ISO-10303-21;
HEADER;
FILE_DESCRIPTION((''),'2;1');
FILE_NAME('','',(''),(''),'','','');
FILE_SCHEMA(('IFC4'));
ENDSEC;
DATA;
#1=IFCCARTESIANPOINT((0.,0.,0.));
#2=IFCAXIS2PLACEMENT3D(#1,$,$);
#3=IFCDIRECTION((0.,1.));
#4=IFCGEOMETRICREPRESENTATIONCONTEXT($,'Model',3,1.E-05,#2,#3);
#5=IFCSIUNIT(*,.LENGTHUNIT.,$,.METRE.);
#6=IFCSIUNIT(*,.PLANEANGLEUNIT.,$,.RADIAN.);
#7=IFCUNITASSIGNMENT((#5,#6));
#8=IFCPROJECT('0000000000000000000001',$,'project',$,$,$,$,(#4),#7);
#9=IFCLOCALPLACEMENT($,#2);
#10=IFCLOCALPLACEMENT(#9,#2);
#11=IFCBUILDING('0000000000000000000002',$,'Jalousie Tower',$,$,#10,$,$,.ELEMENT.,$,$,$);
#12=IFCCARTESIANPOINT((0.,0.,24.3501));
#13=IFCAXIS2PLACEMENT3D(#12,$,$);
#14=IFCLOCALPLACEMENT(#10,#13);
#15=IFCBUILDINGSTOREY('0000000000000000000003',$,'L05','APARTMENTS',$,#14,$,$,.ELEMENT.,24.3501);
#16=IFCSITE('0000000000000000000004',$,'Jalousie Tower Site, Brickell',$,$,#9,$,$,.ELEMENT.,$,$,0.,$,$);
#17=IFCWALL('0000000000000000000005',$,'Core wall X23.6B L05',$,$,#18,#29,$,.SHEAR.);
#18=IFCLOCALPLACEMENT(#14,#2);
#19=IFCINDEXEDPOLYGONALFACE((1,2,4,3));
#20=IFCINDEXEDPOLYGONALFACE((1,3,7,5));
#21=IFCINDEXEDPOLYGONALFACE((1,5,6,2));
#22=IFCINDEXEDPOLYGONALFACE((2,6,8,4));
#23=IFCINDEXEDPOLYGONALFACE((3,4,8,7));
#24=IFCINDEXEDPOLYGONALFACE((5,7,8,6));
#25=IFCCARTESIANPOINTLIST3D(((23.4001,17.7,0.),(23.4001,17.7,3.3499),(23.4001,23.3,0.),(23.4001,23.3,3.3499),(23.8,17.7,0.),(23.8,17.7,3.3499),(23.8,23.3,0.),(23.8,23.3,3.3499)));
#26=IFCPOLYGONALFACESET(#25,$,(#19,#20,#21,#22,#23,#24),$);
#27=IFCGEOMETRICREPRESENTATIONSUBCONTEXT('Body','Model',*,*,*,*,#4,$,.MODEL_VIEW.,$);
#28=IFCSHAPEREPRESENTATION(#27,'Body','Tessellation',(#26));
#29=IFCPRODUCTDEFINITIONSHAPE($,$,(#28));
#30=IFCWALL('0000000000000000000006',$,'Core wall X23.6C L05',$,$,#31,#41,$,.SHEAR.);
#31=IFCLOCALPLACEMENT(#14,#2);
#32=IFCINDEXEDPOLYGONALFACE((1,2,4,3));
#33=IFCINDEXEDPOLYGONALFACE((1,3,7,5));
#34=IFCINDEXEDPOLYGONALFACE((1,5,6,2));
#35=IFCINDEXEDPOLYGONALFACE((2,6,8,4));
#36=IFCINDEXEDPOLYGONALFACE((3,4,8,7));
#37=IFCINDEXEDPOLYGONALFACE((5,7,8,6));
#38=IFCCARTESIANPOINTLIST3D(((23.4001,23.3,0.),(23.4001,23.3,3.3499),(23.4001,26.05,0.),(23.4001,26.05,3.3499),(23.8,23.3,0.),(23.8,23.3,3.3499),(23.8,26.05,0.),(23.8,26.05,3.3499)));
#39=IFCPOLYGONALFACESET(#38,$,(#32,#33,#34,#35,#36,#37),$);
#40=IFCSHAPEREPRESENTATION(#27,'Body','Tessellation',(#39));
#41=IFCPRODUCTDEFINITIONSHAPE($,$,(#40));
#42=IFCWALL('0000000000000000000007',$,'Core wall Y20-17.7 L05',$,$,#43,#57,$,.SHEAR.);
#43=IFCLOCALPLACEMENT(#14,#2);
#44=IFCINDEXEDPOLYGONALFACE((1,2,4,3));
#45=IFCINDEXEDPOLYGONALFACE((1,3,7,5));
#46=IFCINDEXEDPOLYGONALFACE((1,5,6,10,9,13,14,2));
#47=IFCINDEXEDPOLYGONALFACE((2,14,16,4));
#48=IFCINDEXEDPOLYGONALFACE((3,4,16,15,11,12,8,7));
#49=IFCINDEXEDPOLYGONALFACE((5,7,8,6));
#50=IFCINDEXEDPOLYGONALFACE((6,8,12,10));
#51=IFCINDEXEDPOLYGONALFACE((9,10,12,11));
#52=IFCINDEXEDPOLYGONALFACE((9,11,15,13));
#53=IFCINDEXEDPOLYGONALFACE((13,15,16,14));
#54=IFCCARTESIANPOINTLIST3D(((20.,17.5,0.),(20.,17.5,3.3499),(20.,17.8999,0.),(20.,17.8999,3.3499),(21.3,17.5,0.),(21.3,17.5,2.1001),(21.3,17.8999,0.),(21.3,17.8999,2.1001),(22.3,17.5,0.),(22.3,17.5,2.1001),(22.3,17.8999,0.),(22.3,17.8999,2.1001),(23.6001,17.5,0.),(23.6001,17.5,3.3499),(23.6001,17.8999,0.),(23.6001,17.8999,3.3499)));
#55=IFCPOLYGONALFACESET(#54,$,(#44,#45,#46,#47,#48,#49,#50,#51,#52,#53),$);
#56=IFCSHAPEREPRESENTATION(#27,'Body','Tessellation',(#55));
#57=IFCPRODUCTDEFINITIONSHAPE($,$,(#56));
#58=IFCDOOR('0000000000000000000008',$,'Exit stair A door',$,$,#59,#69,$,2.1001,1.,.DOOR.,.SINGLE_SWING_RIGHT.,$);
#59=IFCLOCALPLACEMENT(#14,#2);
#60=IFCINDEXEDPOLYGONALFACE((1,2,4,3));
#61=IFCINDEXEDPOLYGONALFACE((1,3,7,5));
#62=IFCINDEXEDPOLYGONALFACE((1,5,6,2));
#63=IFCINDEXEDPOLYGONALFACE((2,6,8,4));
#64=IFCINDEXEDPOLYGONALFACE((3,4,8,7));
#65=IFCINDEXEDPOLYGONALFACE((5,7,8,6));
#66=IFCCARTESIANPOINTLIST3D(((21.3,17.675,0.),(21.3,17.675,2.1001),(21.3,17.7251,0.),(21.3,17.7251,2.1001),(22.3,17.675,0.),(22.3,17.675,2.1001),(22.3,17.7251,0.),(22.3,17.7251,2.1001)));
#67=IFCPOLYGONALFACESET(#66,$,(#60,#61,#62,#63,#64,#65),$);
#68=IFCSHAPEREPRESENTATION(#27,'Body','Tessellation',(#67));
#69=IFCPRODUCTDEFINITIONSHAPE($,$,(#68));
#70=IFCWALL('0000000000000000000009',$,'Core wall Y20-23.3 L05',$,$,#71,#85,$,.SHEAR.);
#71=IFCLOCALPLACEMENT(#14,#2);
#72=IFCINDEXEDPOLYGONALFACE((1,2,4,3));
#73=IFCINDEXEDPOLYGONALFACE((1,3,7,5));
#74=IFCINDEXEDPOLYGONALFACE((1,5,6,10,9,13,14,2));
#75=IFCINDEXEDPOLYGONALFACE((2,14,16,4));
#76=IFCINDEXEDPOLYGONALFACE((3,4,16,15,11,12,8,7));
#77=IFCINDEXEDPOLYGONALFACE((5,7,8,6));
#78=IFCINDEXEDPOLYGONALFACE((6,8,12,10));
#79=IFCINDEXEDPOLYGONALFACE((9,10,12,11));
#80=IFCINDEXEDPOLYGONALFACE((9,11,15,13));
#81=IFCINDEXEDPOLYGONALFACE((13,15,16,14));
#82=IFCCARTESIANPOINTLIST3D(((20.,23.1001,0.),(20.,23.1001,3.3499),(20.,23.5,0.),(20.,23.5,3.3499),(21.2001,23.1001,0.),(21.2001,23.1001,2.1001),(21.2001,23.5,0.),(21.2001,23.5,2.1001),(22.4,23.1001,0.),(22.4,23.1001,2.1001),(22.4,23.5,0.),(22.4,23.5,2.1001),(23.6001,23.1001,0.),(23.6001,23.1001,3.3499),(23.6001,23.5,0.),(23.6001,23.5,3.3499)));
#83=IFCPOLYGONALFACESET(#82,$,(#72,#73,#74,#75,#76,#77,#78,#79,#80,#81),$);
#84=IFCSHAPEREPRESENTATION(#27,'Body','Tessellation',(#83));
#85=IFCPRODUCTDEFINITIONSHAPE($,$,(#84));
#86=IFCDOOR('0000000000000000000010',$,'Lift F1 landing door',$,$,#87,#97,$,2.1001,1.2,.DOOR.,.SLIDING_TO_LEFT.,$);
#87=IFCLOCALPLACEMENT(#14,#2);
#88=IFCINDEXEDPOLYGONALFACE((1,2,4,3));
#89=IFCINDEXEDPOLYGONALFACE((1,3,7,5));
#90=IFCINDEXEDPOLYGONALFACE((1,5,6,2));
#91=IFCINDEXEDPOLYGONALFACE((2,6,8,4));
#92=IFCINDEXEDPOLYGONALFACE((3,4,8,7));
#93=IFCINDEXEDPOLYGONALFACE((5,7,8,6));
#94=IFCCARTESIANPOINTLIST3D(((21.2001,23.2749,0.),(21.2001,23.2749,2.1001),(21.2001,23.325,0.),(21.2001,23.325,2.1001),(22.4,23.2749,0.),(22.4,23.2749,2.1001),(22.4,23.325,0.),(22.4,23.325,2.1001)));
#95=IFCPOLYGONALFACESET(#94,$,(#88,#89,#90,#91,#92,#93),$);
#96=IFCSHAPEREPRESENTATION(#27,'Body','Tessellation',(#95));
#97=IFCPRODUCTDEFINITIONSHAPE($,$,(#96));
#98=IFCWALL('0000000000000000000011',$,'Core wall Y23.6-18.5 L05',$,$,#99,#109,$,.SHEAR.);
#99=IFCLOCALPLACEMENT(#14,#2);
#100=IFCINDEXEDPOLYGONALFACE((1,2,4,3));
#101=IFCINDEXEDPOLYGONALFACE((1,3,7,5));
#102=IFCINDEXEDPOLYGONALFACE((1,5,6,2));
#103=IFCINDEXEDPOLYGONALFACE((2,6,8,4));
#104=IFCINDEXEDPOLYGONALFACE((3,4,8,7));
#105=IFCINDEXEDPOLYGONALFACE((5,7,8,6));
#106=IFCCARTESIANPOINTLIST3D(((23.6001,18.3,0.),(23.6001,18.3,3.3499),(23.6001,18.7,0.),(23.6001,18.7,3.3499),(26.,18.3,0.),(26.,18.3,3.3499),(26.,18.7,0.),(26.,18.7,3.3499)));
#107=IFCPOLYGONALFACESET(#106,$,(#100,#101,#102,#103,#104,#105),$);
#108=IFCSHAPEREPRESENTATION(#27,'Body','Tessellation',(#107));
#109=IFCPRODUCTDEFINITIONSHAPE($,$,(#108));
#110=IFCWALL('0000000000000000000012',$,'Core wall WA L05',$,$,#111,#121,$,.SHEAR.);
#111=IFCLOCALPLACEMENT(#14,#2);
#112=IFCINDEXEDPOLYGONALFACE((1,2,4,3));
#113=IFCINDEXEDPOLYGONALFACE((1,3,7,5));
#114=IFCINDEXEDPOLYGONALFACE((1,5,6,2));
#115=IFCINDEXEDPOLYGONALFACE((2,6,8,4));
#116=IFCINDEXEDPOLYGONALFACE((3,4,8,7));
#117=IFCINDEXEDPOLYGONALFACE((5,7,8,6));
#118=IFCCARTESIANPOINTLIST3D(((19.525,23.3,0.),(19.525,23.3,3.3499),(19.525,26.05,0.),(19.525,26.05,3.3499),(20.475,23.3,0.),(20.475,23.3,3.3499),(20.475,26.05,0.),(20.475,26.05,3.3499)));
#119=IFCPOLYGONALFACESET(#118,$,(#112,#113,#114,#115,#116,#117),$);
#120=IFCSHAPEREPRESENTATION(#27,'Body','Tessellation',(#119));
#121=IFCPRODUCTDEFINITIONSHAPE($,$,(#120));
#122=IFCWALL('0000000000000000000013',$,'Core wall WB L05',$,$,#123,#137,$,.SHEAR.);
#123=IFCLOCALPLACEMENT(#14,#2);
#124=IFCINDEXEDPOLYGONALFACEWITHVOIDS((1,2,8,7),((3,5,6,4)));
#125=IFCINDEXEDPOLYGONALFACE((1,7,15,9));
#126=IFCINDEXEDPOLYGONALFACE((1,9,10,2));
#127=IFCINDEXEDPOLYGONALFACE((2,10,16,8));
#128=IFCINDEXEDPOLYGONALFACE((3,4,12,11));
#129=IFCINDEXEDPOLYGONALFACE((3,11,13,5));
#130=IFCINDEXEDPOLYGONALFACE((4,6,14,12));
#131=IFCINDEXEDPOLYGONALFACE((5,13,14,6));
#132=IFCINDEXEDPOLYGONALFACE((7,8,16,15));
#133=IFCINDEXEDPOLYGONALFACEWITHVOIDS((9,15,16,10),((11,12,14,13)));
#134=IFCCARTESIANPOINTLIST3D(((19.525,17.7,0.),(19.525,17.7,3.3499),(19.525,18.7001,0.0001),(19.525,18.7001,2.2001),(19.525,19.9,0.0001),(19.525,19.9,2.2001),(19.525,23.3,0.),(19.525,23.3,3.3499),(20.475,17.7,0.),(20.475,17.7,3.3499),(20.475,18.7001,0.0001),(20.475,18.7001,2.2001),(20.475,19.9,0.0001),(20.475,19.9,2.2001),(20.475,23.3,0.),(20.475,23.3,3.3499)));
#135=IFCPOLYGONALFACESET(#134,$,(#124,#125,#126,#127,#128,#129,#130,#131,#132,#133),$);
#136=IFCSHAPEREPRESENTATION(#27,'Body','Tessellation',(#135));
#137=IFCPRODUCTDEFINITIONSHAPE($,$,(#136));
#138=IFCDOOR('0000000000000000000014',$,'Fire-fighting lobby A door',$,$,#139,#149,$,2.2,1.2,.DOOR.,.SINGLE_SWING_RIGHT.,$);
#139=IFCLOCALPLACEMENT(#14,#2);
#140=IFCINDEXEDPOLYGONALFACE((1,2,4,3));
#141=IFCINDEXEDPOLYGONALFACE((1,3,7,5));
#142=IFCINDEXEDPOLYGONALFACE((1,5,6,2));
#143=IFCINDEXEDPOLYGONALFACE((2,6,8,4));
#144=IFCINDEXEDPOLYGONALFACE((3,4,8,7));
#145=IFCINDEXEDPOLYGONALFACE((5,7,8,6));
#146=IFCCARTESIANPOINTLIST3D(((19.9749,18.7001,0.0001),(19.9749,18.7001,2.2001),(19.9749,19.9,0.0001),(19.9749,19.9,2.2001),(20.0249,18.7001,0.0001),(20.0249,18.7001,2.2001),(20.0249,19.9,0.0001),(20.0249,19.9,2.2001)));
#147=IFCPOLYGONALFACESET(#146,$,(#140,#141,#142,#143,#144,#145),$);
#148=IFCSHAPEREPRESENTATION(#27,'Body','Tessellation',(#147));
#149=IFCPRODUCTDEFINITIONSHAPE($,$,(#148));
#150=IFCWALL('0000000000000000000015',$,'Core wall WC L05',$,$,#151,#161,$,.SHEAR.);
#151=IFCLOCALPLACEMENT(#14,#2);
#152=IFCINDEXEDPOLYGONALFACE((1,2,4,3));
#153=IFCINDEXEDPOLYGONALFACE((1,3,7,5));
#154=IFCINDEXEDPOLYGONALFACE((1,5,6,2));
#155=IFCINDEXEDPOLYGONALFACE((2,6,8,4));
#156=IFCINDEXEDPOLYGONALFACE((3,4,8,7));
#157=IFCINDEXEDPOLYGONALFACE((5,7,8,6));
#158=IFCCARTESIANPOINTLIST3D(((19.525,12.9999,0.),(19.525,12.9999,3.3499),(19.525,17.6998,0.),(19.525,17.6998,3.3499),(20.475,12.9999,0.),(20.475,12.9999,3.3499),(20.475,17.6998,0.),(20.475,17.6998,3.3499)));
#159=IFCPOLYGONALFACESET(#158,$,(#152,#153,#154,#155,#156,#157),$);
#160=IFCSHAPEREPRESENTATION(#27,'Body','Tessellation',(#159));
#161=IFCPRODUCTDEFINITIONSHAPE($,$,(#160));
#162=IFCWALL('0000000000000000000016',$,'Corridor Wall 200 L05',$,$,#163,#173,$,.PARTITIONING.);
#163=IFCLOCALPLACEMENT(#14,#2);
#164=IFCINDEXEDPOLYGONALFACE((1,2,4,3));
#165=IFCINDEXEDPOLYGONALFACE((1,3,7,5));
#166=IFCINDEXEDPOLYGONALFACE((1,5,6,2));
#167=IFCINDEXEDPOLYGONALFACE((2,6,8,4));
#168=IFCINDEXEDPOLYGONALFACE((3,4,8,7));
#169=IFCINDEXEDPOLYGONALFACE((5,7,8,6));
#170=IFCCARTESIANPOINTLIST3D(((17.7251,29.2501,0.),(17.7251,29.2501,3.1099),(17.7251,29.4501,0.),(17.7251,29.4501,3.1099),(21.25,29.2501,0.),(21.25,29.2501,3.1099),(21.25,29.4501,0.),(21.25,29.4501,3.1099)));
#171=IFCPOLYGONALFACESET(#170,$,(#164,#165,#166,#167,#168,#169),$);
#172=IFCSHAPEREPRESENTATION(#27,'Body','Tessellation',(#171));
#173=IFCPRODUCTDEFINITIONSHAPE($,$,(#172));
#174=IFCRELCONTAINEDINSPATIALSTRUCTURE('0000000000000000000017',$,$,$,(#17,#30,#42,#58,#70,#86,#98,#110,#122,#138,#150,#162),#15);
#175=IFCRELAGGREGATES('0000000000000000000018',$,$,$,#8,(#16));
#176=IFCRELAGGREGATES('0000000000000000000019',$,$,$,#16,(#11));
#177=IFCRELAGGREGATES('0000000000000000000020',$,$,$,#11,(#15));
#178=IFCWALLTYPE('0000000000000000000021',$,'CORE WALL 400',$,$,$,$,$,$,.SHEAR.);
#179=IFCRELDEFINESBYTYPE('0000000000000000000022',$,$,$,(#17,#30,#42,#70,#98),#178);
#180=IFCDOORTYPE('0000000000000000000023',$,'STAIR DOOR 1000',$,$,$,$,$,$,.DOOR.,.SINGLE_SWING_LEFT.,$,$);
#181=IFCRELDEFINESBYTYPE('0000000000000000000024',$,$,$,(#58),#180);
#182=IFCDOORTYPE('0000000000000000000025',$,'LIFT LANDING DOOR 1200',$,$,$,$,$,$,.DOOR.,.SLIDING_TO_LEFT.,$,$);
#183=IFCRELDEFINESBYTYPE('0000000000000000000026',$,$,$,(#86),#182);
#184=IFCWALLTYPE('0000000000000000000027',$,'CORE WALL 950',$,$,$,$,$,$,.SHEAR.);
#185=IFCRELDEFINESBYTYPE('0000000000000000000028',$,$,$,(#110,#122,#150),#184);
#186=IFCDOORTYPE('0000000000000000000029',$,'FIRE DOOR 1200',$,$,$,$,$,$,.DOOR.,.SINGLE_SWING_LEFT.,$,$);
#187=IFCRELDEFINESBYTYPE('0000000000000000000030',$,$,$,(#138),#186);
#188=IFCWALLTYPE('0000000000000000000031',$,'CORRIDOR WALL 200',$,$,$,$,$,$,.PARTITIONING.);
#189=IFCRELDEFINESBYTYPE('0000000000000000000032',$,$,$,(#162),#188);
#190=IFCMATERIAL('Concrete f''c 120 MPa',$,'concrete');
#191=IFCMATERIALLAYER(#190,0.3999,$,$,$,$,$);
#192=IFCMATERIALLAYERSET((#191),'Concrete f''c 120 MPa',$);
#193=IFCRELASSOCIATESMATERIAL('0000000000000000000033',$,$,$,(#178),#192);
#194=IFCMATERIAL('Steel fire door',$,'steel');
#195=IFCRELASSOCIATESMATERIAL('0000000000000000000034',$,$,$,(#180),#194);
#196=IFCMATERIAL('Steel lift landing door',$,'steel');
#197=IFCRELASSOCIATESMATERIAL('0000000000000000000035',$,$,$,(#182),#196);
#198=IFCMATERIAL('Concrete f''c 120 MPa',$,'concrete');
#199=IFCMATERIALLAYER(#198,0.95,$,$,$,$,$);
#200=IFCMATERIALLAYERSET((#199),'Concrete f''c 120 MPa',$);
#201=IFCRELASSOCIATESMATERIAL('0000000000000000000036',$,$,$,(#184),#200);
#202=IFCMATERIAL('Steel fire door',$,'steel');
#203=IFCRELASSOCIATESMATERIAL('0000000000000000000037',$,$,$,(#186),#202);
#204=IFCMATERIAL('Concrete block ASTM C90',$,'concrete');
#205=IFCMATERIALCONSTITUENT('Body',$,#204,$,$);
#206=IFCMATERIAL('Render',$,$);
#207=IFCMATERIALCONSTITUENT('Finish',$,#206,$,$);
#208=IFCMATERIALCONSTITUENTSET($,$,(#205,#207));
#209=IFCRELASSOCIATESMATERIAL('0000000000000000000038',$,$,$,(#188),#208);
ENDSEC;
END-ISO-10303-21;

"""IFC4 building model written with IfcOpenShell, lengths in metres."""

from ifc_helpers import new_model, si_unit, direction, frame, frame_2d, origin, place, context, subcontext, project, spatial, rectangle, extrude, material, layer, layer_set, constituent, constituent_set, type_object, element, fill, save


model = new_model("IFC4")

# Units and contexts
model_context = context("Model", 3, precision=1e-05, world=origin(), true_north=direction((0.0, 1.0)))
body_context = subcontext(model_context, "Body", "Model", "MODEL_VIEW")
ifc_project = project(units=[si_unit("LENGTHUNIT", "METRE"), si_unit("PLANEANGLEUNIT", "RADIAN")], contexts=[model_context])

# Site, building, storey
site_placement = place(None, origin())
site = spatial("IfcSite", under=ifc_project, at=site_placement, Name="Jalousie Tower Site, Brickell", CompositionType="ELEMENT", RefElevation=0.0)
building_placement = place(site_placement, origin())
building = spatial("IfcBuilding", under=site, at=building_placement, Name="Jalousie Tower", CompositionType="ELEMENT")
storey_placement = place(building_placement, frame((0.0, 0.0, 24.3501)))
storey = spatial("IfcBuildingStorey", under=building, at=storey_placement, Name="L05", Description="APARTMENTS", CompositionType="ELEMENT", Elevation=24.3501)

# Walls
ifc_material_1 = material(Name="Concrete f'c 120 MPa", Category="concrete")
ifc_layer_1 = layer(ifc_material_1, 0.3999)
ifc_layer_set_1 = layer_set([ifc_layer_1], Name="Concrete f'c 120 MPa")
wall_type_1 = type_object("IfcWallType", Name="CORE WALL 400", PredefinedType="SHEAR", material=ifc_layer_set_1)
wall_1_placement = place(storey_placement, frame((23.6001, 17.7, 0.0), z_axis=(0.0, 0.0, 1.0), x_axis=(0.0, 1.0, 0.0)))
element("IfcWall", 1, at=wall_1_placement, inside=storey, type_object=wall_type_1, Name="Core wall X23.6B L05", PredefinedType="SHEAR", context=body_context, shape_type="SweptSolid", body=[
    extrude(rectangle(XDim=5.6001, YDim=0.3999, at=frame_2d((2.8, 0.0))), origin(), (0.0, 0.0, 1.0), 3.3499),
])
wall_2_placement = place(storey_placement, frame((23.6001, 23.3, 0.0), z_axis=(0.0, 0.0, 1.0), x_axis=(0.0, 1.0, 0.0)))
element("IfcWall", 2, at=wall_2_placement, inside=storey, type_object=wall_type_1, Name="Core wall X23.6C L05", PredefinedType="SHEAR", context=body_context, shape_type="SweptSolid", body=[
    extrude(rectangle(XDim=2.75, YDim=0.3999, at=frame_2d((1.375, 0.0))), origin(), (0.0, 0.0, 1.0), 3.3499),
])

# Walls, openings, doors
wall_3_placement = place(storey_placement, frame((20.0, 17.7, 0.0), z_axis=(0.0, 0.0, 1.0), x_axis=(1.0, 0.0, 0.0)))
wall_3 = element("IfcWall", 3, at=wall_3_placement, inside=storey, type_object=wall_type_1, Name="Core wall Y20-17.7 L05", PredefinedType="SHEAR", context=body_context, shape_type="SweptSolid", body=[
    extrude(rectangle(XDim=3.6001, YDim=0.3999, at=frame_2d((1.8, 0.0))), origin(), (0.0, 0.0, 1.0), 3.3499),
])
opening_1_placement = place(wall_3_placement, frame((1.3, 0.0, 0.0)))
opening_1 = element("IfcOpeningElement", 4, at=opening_1_placement, cuts=wall_3, PredefinedType="OPENING", context=body_context, shape_type="SweptSolid", body=[
    extrude(rectangle(XDim=1.0, YDim=2.1001, at=frame_2d((0.5, 1.05))), frame((0.0, 0.21, 0.0), z_axis=(0.0, -1.0, 0.0), x_axis=(1.0, 0.0, 0.0)), (0.0, 0.0, 1.0), 0.4199),
])
ifc_material_2 = material(Name="Steel fire door", Category="steel")
door_type_1 = type_object("IfcDoorType", Name="STAIR DOOR 1000", OperationType="SINGLE_SWING_LEFT", PredefinedType="DOOR", material=ifc_material_2)
door_1_placement = place(opening_1_placement, frame((1.0, 0.0, 0.0), z_axis=(0.0, 0.0, 1.0), x_axis=(-1.0, 0.0, 0.0)))
door_1 = element("IfcDoor", 5, at=door_1_placement, inside=storey, type_object=door_type_1, Name="Exit stair A door", OperationType="SINGLE_SWING_RIGHT", OverallHeight=2.1001, OverallWidth=1.0, PredefinedType="DOOR", context=body_context, shape_type="SweptSolid", body=[
    extrude(rectangle(XDim=1.0, YDim=2.1001, at=frame_2d((0.5, 1.05))), frame((0.0, 0.0249, 0.0), z_axis=(0.0, -1.0, 0.0), x_axis=(1.0, 0.0, 0.0)), (0.0, 0.0, 1.0), 0.05),
])
fill(opening_1, door_1)
wall_4_placement = place(storey_placement, frame((20.0, 23.3, 0.0), z_axis=(0.0, 0.0, 1.0), x_axis=(1.0, 0.0, 0.0)))
wall_4 = element("IfcWall", 6, at=wall_4_placement, inside=storey, type_object=wall_type_1, Name="Core wall Y20-23.3 L05", PredefinedType="SHEAR", context=body_context, shape_type="SweptSolid", body=[
    extrude(rectangle(XDim=3.6001, YDim=0.3999, at=frame_2d((1.8, 0.0))), origin(), (0.0, 0.0, 1.0), 3.3499),
])
opening_2_placement = place(wall_4_placement, frame((1.2, 0.0, 0.0)))
opening_2 = element("IfcOpeningElement", 7, at=opening_2_placement, cuts=wall_4, PredefinedType="OPENING", context=body_context, shape_type="SweptSolid", body=[
    extrude(rectangle(XDim=1.2, YDim=2.1001, at=frame_2d((0.6001, 1.05))), frame((0.0, 0.21, 0.0), z_axis=(0.0, -1.0, 0.0), x_axis=(1.0, 0.0, 0.0)), (0.0, 0.0, 1.0), 0.4199),
])
ifc_material_3 = material(Name="Steel lift landing door", Category="steel")
door_type_2 = type_object("IfcDoorType", Name="LIFT LANDING DOOR 1200", OperationType="SLIDING_TO_LEFT", PredefinedType="DOOR", material=ifc_material_3)
door_2_placement = place(opening_2_placement, origin())
door_2 = element("IfcDoor", 8, at=door_2_placement, inside=storey, type_object=door_type_2, Name="Lift F1 landing door", OperationType="SLIDING_TO_LEFT", OverallHeight=2.1001, OverallWidth=1.2, PredefinedType="DOOR", context=body_context, shape_type="SweptSolid", body=[
    extrude(rectangle(XDim=1.2, YDim=2.1001, at=frame_2d((0.6001, 1.05))), frame((0.0, 0.0249, 0.0), z_axis=(0.0, -1.0, 0.0), x_axis=(1.0, 0.0, 0.0)), (0.0, 0.0, 1.0), 0.05),
])
fill(opening_2, door_2)

# Walls
wall_5_placement = place(storey_placement, frame((23.6001, 18.5, 0.0), z_axis=(0.0, 0.0, 1.0), x_axis=(1.0, 0.0, 0.0)))
element("IfcWall", 9, at=wall_5_placement, inside=storey, type_object=wall_type_1, Name="Core wall Y23.6-18.5 L05", PredefinedType="SHEAR", context=body_context, shape_type="SweptSolid", body=[
    extrude(rectangle(XDim=2.3999, YDim=0.3999, at=frame_2d((1.2, 0.0))), origin(), (0.0, 0.0, 1.0), 3.3499),
])
ifc_material_4 = material(Name="Concrete f'c 120 MPa", Category="concrete")
ifc_layer_2 = layer(ifc_material_4, 0.95)
ifc_layer_set_2 = layer_set([ifc_layer_2], Name="Concrete f'c 120 MPa")
wall_type_2 = type_object("IfcWallType", Name="CORE WALL 950", PredefinedType="SHEAR", material=ifc_layer_set_2)
wall_6_placement = place(storey_placement, frame((20.0, 26.05, 0.0), z_axis=(0.0, 0.0, 1.0), x_axis=(0.0, -1.0, 0.0)))
element("IfcWall", 10, at=wall_6_placement, inside=storey, type_object=wall_type_2, Name="Core wall WA L05", PredefinedType="SHEAR", context=body_context, shape_type="SweptSolid", body=[
    extrude(rectangle(XDim=2.75, YDim=0.95, at=frame_2d((1.375, 0.0))), origin(), (0.0, 0.0, 1.0), 3.3499),
])

# Wall, opening, door
wall_7_placement = place(storey_placement, frame((20.0, 23.3, 0.0), z_axis=(0.0, 0.0, 1.0), x_axis=(0.0, -1.0, 0.0)))
wall_7 = element("IfcWall", 11, at=wall_7_placement, inside=storey, type_object=wall_type_2, Name="Core wall WB L05", PredefinedType="SHEAR", context=body_context, shape_type="SweptSolid", body=[
    extrude(rectangle(XDim=5.6001, YDim=0.95, at=frame_2d((2.8, 0.0))), origin(), (0.0, 0.0, 1.0), 3.3499),
])
opening_3_placement = place(wall_7_placement, frame((3.3999, 0.0, 0.0)))
opening_3 = element("IfcOpeningElement", 12, at=opening_3_placement, cuts=wall_7, PredefinedType="OPENING", context=body_context, shape_type="SweptSolid", body=[
    extrude(rectangle(XDim=1.2, YDim=2.2, at=frame_2d((0.6001, 1.1001))), frame((0.0, 0.4849, 0.0), z_axis=(0.0, -1.0, 0.0), x_axis=(1.0, 0.0, 0.0)), (0.0, 0.0, 1.0), 0.97),
])
ifc_material_5 = material(Name="Steel fire door", Category="steel")
door_type_3 = type_object("IfcDoorType", Name="FIRE DOOR 1200", OperationType="SINGLE_SWING_LEFT", PredefinedType="DOOR", material=ifc_material_5)
door_3_placement = place(opening_3_placement, origin())
door_3 = element("IfcDoor", 13, at=door_3_placement, inside=storey, type_object=door_type_3, Name="Fire-fighting lobby A door", OperationType="SINGLE_SWING_RIGHT", OverallHeight=2.2, OverallWidth=1.2, PredefinedType="DOOR", context=body_context, shape_type="SweptSolid", body=[
    extrude(rectangle(XDim=1.2, YDim=2.2, at=frame_2d((0.6001, 1.1001))), frame((0.0, 0.0249, 0.0), z_axis=(0.0, -1.0, 0.0), x_axis=(1.0, 0.0, 0.0)), (0.0, 0.0, 1.0), 0.05),
])
fill(opening_3, door_3)

# Walls
wall_8_placement = place(storey_placement, frame((20.0, 17.7, 0.0), z_axis=(0.0, 0.0, 1.0), x_axis=(0.0, -1.0, 0.0)))
element("IfcWall", 14, at=wall_8_placement, inside=storey, type_object=wall_type_2, Name="Core wall WC L05", PredefinedType="SHEAR", context=body_context, shape_type="SweptSolid", body=[
    extrude(rectangle(XDim=4.7, YDim=0.95, at=frame_2d((2.3501, 0.0))), origin(), (0.0, 0.0, 1.0), 3.3499),
])
ifc_material_6 = material(Name="Concrete block ASTM C90", Category="concrete")
ifc_constituent_1 = constituent(ifc_material_6, Name="Body")
ifc_material_7 = material(Name="Render")
ifc_constituent_2 = constituent(ifc_material_7, Name="Finish")
ifc_constituent_set_1 = constituent_set(constituents=[ifc_constituent_1, ifc_constituent_2])
wall_type_3 = type_object("IfcWallType", Name="CORRIDOR WALL 200", PredefinedType="PARTITIONING", material=ifc_constituent_set_1)
wall_9_placement = place(storey_placement, frame((17.7251, 29.3501, 0.0), z_axis=(0.0, 0.0, 1.0), x_axis=(1.0, 0.0, 0.0)))
element("IfcWall", 15, at=wall_9_placement, inside=storey, type_object=wall_type_3, Name="Corridor Wall 200 L05", PredefinedType="PARTITIONING", context=body_context, shape_type="SweptSolid", body=[
    extrude(rectangle(XDim=3.5249, YDim=0.2, at=frame_2d((1.7625, 0.0))), origin(), (0.0, 0.0, 1.0), 3.1099),
])

save(model, "model.ifc")
